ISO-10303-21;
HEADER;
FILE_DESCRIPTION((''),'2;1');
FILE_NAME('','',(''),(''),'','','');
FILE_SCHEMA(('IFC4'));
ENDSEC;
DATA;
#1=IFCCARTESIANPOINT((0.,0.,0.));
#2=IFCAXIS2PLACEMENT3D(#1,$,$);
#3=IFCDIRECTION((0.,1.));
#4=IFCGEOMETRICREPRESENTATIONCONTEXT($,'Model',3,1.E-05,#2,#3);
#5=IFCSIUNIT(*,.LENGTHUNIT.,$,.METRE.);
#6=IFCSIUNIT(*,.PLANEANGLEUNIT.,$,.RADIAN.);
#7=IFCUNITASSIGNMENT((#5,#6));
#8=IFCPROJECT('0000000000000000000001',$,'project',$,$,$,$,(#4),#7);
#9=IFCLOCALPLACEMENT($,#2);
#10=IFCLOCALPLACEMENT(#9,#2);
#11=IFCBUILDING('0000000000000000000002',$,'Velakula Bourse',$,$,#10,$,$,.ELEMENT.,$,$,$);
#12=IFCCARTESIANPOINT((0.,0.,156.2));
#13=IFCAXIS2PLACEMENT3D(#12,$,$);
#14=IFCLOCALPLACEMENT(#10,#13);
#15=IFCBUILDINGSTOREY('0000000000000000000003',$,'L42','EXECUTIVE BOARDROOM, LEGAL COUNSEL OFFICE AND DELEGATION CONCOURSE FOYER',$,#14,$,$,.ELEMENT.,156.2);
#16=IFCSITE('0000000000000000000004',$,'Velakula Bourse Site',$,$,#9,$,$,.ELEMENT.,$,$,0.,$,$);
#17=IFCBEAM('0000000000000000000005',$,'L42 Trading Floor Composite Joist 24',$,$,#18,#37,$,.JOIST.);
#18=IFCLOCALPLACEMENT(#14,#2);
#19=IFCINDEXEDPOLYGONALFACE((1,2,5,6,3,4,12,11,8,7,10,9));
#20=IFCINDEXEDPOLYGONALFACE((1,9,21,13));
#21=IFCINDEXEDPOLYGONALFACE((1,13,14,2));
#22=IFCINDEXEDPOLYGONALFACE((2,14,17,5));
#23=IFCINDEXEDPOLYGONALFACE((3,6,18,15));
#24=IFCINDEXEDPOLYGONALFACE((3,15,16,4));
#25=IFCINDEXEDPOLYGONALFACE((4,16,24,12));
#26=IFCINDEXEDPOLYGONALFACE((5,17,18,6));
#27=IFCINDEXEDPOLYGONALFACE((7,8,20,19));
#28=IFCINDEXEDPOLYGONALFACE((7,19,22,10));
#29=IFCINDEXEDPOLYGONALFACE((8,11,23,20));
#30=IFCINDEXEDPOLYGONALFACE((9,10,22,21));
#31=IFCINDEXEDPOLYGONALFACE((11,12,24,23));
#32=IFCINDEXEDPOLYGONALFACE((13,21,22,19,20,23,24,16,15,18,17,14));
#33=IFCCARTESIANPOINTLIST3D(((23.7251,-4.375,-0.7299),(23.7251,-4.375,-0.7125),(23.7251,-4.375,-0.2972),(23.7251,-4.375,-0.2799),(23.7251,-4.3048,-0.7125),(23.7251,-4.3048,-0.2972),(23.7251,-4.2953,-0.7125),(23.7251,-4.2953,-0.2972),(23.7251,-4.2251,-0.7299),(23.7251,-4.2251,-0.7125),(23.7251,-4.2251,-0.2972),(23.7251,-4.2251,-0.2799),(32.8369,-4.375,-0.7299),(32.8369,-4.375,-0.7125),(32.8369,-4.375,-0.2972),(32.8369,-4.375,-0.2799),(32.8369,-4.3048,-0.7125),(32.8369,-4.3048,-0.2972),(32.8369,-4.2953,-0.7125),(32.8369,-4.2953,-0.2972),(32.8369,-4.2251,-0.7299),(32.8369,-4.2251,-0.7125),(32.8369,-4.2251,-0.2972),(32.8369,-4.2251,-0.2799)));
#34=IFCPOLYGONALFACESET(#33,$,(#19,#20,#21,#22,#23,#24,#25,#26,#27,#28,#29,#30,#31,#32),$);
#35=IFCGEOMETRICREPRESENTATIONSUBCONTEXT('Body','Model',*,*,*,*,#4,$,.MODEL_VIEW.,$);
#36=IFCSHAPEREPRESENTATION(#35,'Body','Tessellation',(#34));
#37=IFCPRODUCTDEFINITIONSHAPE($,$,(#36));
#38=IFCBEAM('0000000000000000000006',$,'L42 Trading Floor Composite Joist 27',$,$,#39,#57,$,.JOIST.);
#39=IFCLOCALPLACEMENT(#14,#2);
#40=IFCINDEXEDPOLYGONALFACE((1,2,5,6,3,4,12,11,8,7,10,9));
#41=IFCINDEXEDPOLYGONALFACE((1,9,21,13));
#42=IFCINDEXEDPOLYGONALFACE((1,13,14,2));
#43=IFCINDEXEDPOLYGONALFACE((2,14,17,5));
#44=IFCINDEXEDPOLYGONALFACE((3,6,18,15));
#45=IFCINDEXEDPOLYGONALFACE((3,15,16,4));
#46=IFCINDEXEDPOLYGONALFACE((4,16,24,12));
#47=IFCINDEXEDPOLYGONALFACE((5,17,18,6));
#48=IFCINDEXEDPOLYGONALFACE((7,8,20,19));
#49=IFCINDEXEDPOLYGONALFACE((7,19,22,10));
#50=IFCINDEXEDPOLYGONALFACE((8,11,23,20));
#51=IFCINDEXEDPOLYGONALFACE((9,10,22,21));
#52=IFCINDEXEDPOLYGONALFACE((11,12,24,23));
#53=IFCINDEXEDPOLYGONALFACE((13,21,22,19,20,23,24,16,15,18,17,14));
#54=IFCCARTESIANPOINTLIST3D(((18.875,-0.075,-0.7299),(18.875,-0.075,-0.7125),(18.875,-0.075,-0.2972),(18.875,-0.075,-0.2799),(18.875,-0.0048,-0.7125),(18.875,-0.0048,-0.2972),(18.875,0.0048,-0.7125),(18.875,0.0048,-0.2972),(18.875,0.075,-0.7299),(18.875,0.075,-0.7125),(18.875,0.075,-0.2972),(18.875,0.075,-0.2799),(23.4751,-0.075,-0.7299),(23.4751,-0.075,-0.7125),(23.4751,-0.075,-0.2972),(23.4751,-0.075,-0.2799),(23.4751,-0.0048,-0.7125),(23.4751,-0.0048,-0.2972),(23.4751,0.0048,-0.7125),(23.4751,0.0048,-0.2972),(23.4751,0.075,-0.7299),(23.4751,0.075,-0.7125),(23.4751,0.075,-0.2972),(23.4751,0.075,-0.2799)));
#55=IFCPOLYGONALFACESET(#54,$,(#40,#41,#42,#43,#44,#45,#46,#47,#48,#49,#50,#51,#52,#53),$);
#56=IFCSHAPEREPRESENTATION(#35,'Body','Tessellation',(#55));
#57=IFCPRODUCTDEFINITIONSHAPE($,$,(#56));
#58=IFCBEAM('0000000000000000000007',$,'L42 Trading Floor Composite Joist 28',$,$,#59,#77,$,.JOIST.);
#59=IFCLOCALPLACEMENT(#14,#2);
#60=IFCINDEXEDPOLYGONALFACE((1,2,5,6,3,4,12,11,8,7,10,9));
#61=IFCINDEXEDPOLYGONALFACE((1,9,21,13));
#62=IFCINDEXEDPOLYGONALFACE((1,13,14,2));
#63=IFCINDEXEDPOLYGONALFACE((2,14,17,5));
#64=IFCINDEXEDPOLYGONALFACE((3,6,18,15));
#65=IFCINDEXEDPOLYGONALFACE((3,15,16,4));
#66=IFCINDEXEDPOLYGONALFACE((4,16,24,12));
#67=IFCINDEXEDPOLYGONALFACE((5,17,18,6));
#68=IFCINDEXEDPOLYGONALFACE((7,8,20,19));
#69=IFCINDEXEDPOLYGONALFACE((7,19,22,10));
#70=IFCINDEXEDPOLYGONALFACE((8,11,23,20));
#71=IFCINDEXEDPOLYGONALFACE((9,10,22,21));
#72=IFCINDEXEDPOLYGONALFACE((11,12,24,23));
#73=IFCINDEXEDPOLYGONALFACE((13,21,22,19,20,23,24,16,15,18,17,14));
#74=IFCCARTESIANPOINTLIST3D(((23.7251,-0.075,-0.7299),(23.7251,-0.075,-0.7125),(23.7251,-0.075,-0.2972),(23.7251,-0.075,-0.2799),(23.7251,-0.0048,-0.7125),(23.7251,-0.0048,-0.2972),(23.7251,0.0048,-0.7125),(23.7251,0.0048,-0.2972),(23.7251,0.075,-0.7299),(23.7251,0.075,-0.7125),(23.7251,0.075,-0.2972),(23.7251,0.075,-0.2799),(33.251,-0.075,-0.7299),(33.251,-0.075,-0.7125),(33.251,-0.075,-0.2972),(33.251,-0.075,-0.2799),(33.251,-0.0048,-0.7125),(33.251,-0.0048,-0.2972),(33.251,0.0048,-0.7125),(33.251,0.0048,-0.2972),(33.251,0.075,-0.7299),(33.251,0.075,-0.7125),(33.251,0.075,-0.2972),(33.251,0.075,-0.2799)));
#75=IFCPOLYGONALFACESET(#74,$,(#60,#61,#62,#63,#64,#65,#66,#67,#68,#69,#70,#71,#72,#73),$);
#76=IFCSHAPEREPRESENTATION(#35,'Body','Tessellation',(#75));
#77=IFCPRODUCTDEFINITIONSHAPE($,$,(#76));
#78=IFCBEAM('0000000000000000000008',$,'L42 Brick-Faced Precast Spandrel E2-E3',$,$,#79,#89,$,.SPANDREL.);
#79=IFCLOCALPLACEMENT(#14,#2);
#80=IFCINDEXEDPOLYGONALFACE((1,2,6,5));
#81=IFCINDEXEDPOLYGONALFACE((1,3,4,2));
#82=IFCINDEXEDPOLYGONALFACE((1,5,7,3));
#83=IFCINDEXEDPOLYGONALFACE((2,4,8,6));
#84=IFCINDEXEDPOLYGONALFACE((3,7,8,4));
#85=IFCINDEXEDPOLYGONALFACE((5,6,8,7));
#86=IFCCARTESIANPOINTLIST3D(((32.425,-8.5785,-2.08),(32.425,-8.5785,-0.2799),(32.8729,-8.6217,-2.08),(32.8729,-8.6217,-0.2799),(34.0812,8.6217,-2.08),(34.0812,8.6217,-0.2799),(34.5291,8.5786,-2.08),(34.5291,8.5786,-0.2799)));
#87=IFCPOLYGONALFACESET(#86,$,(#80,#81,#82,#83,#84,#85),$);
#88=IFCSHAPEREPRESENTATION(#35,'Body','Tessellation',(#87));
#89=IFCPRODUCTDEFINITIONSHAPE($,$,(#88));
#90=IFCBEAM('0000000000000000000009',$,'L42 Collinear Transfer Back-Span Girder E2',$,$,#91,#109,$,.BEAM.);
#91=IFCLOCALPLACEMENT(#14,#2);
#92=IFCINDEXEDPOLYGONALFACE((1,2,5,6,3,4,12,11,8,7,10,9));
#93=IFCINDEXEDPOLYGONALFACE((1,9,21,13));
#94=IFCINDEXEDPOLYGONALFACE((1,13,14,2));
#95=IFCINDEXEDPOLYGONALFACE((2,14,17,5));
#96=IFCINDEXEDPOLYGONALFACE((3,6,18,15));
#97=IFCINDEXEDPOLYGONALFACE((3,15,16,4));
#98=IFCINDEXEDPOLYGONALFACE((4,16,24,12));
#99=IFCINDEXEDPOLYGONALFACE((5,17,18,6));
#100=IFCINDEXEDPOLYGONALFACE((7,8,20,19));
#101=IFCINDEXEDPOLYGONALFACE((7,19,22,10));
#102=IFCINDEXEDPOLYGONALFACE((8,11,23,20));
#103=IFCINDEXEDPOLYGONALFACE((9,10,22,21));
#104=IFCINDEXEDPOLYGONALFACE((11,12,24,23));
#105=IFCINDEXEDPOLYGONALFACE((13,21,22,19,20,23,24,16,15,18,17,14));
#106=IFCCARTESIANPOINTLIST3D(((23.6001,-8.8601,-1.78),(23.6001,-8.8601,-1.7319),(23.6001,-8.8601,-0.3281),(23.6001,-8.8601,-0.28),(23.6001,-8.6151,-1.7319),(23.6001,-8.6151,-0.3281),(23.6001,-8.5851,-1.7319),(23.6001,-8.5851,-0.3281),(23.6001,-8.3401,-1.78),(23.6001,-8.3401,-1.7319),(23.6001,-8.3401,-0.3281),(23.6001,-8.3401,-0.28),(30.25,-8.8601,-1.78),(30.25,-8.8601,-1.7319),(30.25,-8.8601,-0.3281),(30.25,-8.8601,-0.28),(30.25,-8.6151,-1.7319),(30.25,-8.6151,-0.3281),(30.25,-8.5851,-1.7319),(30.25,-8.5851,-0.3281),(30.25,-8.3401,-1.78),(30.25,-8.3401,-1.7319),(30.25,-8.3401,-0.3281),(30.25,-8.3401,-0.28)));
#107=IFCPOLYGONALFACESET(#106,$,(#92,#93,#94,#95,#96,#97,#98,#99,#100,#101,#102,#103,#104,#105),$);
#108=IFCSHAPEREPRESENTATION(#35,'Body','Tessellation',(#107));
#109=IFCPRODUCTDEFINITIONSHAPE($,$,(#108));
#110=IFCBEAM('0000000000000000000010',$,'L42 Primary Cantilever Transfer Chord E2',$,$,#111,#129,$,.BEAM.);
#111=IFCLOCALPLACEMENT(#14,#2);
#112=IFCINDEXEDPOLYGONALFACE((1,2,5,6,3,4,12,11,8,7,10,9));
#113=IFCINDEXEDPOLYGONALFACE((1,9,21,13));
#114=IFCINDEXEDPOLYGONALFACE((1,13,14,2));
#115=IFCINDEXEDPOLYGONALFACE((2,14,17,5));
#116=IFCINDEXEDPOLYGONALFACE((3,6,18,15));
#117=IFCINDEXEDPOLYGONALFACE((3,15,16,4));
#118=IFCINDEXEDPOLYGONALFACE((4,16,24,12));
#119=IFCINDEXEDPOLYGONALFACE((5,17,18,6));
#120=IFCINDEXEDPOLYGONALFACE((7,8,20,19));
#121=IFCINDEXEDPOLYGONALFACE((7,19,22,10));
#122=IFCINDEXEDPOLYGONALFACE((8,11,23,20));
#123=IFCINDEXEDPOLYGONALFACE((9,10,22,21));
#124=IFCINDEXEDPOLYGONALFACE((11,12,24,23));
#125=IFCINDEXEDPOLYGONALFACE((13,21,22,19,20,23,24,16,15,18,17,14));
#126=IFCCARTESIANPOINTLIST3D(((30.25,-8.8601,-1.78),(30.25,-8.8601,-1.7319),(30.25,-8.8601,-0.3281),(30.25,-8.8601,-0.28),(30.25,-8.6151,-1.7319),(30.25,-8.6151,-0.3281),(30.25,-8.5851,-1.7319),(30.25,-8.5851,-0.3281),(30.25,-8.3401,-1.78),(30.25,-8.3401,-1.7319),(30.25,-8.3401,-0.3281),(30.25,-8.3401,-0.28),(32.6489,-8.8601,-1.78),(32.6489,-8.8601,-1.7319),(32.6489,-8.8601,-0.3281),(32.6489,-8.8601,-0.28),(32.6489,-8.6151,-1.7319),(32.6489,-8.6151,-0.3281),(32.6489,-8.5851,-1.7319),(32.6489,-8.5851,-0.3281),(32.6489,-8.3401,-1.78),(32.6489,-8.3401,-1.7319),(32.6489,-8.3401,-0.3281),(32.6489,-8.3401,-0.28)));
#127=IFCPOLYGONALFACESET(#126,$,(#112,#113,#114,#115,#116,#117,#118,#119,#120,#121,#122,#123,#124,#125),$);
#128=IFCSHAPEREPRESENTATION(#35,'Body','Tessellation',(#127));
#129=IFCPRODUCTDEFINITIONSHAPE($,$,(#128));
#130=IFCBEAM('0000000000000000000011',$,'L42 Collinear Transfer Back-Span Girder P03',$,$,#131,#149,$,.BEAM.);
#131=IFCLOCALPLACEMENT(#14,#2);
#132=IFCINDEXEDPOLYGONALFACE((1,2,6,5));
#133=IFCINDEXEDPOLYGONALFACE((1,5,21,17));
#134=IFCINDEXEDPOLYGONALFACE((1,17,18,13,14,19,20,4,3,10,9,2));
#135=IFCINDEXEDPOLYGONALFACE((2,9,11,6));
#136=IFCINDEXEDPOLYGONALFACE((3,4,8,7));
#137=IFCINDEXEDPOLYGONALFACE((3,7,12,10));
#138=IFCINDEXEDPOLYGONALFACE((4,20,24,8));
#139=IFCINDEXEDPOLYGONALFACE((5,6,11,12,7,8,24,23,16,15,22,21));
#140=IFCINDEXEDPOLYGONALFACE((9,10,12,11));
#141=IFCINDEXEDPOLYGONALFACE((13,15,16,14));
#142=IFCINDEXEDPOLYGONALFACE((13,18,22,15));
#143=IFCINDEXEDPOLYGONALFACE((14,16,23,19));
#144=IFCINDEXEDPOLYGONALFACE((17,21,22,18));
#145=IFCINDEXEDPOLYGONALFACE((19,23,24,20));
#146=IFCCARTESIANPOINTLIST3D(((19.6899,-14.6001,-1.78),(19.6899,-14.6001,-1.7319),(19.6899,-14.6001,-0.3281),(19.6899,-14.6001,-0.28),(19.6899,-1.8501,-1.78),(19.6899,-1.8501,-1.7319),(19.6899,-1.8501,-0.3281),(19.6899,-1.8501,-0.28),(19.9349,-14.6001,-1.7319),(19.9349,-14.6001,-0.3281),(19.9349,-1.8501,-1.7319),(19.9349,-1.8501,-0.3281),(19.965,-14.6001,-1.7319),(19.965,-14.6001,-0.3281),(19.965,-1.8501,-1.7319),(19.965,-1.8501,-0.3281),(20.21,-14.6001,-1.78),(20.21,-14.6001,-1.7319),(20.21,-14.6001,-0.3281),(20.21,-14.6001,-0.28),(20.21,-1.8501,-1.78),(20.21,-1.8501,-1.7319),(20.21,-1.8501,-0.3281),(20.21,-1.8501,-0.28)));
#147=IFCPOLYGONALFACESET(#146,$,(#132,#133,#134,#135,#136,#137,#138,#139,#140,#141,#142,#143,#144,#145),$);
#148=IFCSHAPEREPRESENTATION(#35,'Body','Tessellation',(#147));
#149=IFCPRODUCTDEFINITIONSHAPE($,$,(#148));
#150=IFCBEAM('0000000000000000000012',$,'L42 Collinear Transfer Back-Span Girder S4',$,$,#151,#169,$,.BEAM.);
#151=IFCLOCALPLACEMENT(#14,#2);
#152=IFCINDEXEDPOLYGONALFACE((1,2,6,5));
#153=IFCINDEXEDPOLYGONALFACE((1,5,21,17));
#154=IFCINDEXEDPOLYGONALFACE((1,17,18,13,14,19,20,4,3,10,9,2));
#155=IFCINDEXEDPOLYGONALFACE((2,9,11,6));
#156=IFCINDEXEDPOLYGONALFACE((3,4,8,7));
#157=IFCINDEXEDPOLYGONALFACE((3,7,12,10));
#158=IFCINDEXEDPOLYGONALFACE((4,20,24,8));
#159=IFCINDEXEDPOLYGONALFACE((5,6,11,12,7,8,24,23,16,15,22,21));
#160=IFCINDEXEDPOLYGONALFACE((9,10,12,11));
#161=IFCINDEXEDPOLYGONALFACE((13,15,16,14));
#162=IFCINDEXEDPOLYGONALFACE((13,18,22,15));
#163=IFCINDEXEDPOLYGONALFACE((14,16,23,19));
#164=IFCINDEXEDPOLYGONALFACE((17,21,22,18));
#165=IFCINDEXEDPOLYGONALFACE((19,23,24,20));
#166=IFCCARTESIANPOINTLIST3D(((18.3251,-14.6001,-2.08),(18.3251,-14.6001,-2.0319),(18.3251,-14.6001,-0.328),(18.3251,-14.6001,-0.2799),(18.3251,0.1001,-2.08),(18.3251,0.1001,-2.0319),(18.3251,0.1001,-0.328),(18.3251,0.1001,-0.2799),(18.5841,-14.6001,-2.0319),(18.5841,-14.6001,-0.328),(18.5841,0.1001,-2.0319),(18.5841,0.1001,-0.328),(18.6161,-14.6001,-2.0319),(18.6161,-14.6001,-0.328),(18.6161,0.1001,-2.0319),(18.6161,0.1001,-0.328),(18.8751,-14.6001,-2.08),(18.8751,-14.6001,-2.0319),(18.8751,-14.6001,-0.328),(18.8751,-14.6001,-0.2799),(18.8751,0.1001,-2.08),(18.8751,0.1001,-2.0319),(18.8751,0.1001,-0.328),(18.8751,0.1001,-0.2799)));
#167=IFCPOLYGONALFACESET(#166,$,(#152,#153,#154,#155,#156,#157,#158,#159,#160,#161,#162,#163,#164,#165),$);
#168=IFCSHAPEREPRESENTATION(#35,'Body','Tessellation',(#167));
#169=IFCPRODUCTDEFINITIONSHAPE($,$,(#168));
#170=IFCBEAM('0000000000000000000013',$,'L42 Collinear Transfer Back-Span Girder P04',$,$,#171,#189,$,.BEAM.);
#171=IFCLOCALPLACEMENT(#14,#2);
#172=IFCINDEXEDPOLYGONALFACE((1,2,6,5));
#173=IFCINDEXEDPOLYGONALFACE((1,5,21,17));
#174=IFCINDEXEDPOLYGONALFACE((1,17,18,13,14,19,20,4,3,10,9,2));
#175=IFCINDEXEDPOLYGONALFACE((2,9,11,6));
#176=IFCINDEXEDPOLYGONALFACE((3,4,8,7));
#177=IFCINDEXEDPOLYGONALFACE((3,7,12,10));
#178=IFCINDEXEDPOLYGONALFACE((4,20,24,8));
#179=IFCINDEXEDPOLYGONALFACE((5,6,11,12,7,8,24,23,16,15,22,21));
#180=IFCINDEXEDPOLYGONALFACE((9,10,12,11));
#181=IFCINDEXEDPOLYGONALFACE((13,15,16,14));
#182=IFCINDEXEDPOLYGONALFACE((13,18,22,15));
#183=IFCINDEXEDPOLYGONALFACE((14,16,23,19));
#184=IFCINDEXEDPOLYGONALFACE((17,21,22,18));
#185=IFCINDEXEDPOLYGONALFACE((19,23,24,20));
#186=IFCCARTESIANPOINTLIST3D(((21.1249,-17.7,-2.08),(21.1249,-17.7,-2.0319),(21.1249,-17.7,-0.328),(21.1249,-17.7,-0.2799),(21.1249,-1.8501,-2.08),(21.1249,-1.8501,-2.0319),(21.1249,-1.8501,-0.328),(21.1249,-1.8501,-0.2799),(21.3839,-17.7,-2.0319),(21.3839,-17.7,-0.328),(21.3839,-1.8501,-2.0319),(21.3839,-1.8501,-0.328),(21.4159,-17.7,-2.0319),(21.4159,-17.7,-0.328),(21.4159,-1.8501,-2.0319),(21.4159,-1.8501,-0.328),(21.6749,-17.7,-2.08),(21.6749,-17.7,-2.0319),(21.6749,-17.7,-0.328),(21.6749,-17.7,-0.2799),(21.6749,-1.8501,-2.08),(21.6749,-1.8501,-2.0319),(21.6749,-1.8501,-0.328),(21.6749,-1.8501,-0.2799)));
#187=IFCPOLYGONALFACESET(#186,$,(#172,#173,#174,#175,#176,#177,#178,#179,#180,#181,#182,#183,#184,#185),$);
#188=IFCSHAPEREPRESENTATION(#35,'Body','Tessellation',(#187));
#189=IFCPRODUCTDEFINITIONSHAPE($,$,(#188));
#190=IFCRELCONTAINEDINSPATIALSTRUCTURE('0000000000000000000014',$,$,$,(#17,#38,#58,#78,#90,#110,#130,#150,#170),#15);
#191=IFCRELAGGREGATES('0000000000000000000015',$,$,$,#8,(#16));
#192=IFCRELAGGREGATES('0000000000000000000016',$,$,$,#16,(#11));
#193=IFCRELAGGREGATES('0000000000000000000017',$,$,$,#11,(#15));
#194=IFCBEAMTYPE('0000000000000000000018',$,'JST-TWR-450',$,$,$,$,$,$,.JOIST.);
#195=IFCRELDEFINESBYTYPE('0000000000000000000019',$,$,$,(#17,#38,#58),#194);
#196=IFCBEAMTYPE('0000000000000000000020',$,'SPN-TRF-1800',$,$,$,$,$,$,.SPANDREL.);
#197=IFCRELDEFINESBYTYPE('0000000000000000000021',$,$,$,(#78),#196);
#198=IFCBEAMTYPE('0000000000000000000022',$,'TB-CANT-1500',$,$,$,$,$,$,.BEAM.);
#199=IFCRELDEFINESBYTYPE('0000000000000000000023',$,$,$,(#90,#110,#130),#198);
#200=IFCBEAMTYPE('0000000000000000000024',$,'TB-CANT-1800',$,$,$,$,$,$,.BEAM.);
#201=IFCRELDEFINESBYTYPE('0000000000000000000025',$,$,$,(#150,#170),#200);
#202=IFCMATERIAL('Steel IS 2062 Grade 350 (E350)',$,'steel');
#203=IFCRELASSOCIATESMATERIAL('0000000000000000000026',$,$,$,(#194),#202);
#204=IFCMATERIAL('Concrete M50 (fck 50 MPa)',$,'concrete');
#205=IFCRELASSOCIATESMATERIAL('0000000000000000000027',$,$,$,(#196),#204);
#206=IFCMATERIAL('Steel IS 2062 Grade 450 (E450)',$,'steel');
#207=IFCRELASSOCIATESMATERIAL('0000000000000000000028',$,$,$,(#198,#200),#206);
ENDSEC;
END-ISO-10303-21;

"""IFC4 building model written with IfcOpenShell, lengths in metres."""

from ifc_helpers import new_model, si_unit, direction, frame, origin, origin_2d, place, context, subcontext, project, spatial, rectangle, i_section, extrude, material, material_profile, profile_set, type_object, element, save


model = new_model("IFC4")

# Units and contexts
model_context = context("Model", 3, precision=1e-05, world=origin(), true_north=direction((0.0, 1.0)))
body_context = subcontext(model_context, "Body", "Model", "MODEL_VIEW")
ifc_project = project(units=[si_unit("LENGTHUNIT", "METRE"), si_unit("PLANEANGLEUNIT", "RADIAN")], contexts=[model_context])

# Site, building, storey
site_placement = place(None, origin())
site = spatial("IfcSite", under=ifc_project, at=site_placement, Name="Velakula Bourse Site", CompositionType="ELEMENT", RefElevation=0.0)
building_placement = place(site_placement, origin())
building = spatial("IfcBuilding", under=site, at=building_placement, Name="Velakula Bourse", CompositionType="ELEMENT")
storey_placement = place(building_placement, frame((0.0, 0.0, 156.2)))
storey = spatial("IfcBuildingStorey", under=building, at=storey_placement, Name="L42", Description="EXECUTIVE BOARDROOM, LEGAL COUNSEL OFFICE AND DELEGATION CONCOURSE FOYER", CompositionType="ELEMENT", Elevation=156.2)

# Shared definitions
ifc_material_1 = material(Name="Steel IS 2062 Grade 350 (E350)", Category="steel")

# Beams
ifc_material_profile_1 = material_profile(ifc_material_1, i_section(OverallWidth=0.1499, OverallDepth=0.45, WebThickness=0.0095, FlangeThickness=0.0173, at=origin_2d()), Name="Steel IS 2062 Grade 350 (E350)")
ifc_profile_set_1 = profile_set([ifc_material_profile_1], Name="Steel IS 2062 Grade 350 (E350)")
beam_type_1 = type_object("IfcBeamType", Name="JST-TWR-450", PredefinedType="JOIST", material=ifc_profile_set_1)
beam_1_placement = place(storey_placement, frame((23.7251, -4.3, -0.5049), z_axis=(1.0, 0.0, 0.0), x_axis=(0.0, 1.0, 0.0)))
element("IfcBeam", 1, at=beam_1_placement, inside=storey, type_object=beam_type_1, Name="L42 Trading Floor Composite Joist 24", PredefinedType="JOIST", context=body_context, shape_type="SweptSolid", body=[
    extrude(i_section(OverallWidth=0.1499, OverallDepth=0.45, WebThickness=0.0095, FlangeThickness=0.0173, at=origin_2d()), origin(), (0.0, 0.0, 1.0), 9.1118),
])
beam_2_placement = place(storey_placement, frame((18.875, 0.0, -0.5049), z_axis=(1.0, 0.0, 0.0), x_axis=(0.0, 1.0, 0.0)))
element("IfcBeam", 2, at=beam_2_placement, inside=storey, type_object=beam_type_1, Name="L42 Trading Floor Composite Joist 27", PredefinedType="JOIST", context=body_context, shape_type="SweptSolid", body=[
    extrude(i_section(OverallWidth=0.1499, OverallDepth=0.45, WebThickness=0.0095, FlangeThickness=0.0173, at=origin_2d()), origin(), (0.0, 0.0, 1.0), 4.6001),
])
beam_3_placement = place(storey_placement, frame((23.7251, 0.0, -0.5049), z_axis=(1.0, 0.0, 0.0), x_axis=(0.0, 1.0, 0.0)))
element("IfcBeam", 3, at=beam_3_placement, inside=storey, type_object=beam_type_1, Name="L42 Trading Floor Composite Joist 28", PredefinedType="JOIST", context=body_context, shape_type="SweptSolid", body=[
    extrude(i_section(OverallWidth=0.1499, OverallDepth=0.45, WebThickness=0.0095, FlangeThickness=0.0173, at=origin_2d()), origin(), (0.0, 0.0, 1.0), 9.5259),
])
ifc_material_2 = material(Name="Concrete M50 (fck 50 MPa)", Category="concrete")
ifc_material_profile_2 = material_profile(ifc_material_2, rectangle(XDim=0.45, YDim=1.8, at=origin_2d()), Name="Concrete M50 (fck 50 MPa)")
ifc_profile_set_2 = profile_set([ifc_material_profile_2], Name="Concrete M50 (fck 50 MPa)")
beam_type_2 = type_object("IfcBeamType", Name="SPN-TRF-1800", PredefinedType="SPANDREL", material=ifc_profile_set_2)
beam_4_placement = place(storey_placement, frame((32.6489, -8.6001, -1.1799), z_axis=(0.095849, 0.995396, 0.0), x_axis=(-0.995396, 0.095849, 0.0)))
element("IfcBeam", 4, at=beam_4_placement, inside=storey, type_object=beam_type_2, Name="L42 Brick-Faced Precast Spandrel E2-E3", PredefinedType="SPANDREL", context=body_context, shape_type="SweptSolid", body=[
    extrude(rectangle(XDim=0.45, YDim=1.8, at=origin_2d()), origin(), (0.0, 0.0, 1.0), 17.2798),
])
ifc_material_3 = material(Name="Steel IS 2062 Grade 450 (E450)", Category="steel")
ifc_material_profile_3 = material_profile(ifc_material_3, i_section(OverallWidth=0.52, OverallDepth=1.5, WebThickness=0.03, FlangeThickness=0.0481, at=origin_2d()), Name="Steel IS 2062 Grade 450 (E450)")
ifc_profile_set_3 = profile_set([ifc_material_profile_3], Name="Steel IS 2062 Grade 450 (E450)")
beam_type_3 = type_object("IfcBeamType", Name="TB-CANT-1500", PredefinedType="BEAM", material=ifc_profile_set_3)
beam_5_placement = place(storey_placement, frame((23.6001, -8.6001, -1.03), z_axis=(1.0, 0.0, 0.0), x_axis=(0.0, 1.0, 0.0)))
element("IfcBeam", 5, at=beam_5_placement, inside=storey, type_object=beam_type_3, Name="L42 Collinear Transfer Back-Span Girder E2", PredefinedType="BEAM", context=body_context, shape_type="SweptSolid", body=[
    extrude(i_section(OverallWidth=0.52, OverallDepth=1.5, WebThickness=0.03, FlangeThickness=0.0481, at=origin_2d()), origin(), (0.0, 0.0, 1.0), 6.6499),
])
beam_6_placement = place(storey_placement, frame((30.25, -8.6001, -1.03), z_axis=(1.0, 0.0, 0.0), x_axis=(0.0, 1.0, 0.0)))
element("IfcBeam", 6, at=beam_6_placement, inside=storey, type_object=beam_type_3, Name="L42 Primary Cantilever Transfer Chord E2", PredefinedType="BEAM", context=body_context, shape_type="SweptSolid", body=[
    extrude(i_section(OverallWidth=0.52, OverallDepth=1.5, WebThickness=0.03, FlangeThickness=0.0481, at=origin_2d()), origin(), (0.0, 0.0, 1.0), 2.3989),
])
beam_7_placement = place(storey_placement, frame((19.95, -1.8501, -1.03), z_axis=(0.0, -1.0, 0.0), x_axis=(1.0, 0.0, 0.0)))
element("IfcBeam", 7, at=beam_7_placement, inside=storey, type_object=beam_type_3, Name="L42 Collinear Transfer Back-Span Girder P03", PredefinedType="BEAM", context=body_context, shape_type="SweptSolid", body=[
    extrude(i_section(OverallWidth=0.52, OverallDepth=1.5, WebThickness=0.03, FlangeThickness=0.0481, at=origin_2d()), origin(), (0.0, 0.0, 1.0), 12.75),
])
ifc_material_profile_4 = material_profile(ifc_material_3, i_section(OverallWidth=0.55, OverallDepth=1.8, WebThickness=0.032, FlangeThickness=0.0481, at=origin_2d()), Name="Steel IS 2062 Grade 450 (E450)")
ifc_profile_set_4 = profile_set([ifc_material_profile_4], Name="Steel IS 2062 Grade 450 (E450)")
beam_type_4 = type_object("IfcBeamType", Name="TB-CANT-1800", PredefinedType="BEAM", material=ifc_profile_set_4)
beam_8_placement = place(storey_placement, frame((18.6001, 0.1001, -1.1799), z_axis=(0.0, -1.0, 0.0), x_axis=(1.0, 0.0, 0.0)))
element("IfcBeam", 8, at=beam_8_placement, inside=storey, type_object=beam_type_4, Name="L42 Collinear Transfer Back-Span Girder S4", PredefinedType="BEAM", context=body_context, shape_type="SweptSolid", body=[
    extrude(i_section(OverallWidth=0.55, OverallDepth=1.8, WebThickness=0.032, FlangeThickness=0.0481, at=origin_2d()), origin(), (0.0, 0.0, 1.0), 14.7002),
])
beam_9_placement = place(storey_placement, frame((21.3999, -1.8501, -1.1799), z_axis=(0.0, -1.0, 0.0), x_axis=(1.0, 0.0, 0.0)))
element("IfcBeam", 9, at=beam_9_placement, inside=storey, type_object=beam_type_4, Name="L42 Collinear Transfer Back-Span Girder P04", PredefinedType="BEAM", context=body_context, shape_type="SweptSolid", body=[
    extrude(i_section(OverallWidth=0.55, OverallDepth=1.8, WebThickness=0.032, FlangeThickness=0.0481, at=origin_2d()), origin(), (0.0, 0.0, 1.0), 15.8499),
])

save(model, "model.ifc")
